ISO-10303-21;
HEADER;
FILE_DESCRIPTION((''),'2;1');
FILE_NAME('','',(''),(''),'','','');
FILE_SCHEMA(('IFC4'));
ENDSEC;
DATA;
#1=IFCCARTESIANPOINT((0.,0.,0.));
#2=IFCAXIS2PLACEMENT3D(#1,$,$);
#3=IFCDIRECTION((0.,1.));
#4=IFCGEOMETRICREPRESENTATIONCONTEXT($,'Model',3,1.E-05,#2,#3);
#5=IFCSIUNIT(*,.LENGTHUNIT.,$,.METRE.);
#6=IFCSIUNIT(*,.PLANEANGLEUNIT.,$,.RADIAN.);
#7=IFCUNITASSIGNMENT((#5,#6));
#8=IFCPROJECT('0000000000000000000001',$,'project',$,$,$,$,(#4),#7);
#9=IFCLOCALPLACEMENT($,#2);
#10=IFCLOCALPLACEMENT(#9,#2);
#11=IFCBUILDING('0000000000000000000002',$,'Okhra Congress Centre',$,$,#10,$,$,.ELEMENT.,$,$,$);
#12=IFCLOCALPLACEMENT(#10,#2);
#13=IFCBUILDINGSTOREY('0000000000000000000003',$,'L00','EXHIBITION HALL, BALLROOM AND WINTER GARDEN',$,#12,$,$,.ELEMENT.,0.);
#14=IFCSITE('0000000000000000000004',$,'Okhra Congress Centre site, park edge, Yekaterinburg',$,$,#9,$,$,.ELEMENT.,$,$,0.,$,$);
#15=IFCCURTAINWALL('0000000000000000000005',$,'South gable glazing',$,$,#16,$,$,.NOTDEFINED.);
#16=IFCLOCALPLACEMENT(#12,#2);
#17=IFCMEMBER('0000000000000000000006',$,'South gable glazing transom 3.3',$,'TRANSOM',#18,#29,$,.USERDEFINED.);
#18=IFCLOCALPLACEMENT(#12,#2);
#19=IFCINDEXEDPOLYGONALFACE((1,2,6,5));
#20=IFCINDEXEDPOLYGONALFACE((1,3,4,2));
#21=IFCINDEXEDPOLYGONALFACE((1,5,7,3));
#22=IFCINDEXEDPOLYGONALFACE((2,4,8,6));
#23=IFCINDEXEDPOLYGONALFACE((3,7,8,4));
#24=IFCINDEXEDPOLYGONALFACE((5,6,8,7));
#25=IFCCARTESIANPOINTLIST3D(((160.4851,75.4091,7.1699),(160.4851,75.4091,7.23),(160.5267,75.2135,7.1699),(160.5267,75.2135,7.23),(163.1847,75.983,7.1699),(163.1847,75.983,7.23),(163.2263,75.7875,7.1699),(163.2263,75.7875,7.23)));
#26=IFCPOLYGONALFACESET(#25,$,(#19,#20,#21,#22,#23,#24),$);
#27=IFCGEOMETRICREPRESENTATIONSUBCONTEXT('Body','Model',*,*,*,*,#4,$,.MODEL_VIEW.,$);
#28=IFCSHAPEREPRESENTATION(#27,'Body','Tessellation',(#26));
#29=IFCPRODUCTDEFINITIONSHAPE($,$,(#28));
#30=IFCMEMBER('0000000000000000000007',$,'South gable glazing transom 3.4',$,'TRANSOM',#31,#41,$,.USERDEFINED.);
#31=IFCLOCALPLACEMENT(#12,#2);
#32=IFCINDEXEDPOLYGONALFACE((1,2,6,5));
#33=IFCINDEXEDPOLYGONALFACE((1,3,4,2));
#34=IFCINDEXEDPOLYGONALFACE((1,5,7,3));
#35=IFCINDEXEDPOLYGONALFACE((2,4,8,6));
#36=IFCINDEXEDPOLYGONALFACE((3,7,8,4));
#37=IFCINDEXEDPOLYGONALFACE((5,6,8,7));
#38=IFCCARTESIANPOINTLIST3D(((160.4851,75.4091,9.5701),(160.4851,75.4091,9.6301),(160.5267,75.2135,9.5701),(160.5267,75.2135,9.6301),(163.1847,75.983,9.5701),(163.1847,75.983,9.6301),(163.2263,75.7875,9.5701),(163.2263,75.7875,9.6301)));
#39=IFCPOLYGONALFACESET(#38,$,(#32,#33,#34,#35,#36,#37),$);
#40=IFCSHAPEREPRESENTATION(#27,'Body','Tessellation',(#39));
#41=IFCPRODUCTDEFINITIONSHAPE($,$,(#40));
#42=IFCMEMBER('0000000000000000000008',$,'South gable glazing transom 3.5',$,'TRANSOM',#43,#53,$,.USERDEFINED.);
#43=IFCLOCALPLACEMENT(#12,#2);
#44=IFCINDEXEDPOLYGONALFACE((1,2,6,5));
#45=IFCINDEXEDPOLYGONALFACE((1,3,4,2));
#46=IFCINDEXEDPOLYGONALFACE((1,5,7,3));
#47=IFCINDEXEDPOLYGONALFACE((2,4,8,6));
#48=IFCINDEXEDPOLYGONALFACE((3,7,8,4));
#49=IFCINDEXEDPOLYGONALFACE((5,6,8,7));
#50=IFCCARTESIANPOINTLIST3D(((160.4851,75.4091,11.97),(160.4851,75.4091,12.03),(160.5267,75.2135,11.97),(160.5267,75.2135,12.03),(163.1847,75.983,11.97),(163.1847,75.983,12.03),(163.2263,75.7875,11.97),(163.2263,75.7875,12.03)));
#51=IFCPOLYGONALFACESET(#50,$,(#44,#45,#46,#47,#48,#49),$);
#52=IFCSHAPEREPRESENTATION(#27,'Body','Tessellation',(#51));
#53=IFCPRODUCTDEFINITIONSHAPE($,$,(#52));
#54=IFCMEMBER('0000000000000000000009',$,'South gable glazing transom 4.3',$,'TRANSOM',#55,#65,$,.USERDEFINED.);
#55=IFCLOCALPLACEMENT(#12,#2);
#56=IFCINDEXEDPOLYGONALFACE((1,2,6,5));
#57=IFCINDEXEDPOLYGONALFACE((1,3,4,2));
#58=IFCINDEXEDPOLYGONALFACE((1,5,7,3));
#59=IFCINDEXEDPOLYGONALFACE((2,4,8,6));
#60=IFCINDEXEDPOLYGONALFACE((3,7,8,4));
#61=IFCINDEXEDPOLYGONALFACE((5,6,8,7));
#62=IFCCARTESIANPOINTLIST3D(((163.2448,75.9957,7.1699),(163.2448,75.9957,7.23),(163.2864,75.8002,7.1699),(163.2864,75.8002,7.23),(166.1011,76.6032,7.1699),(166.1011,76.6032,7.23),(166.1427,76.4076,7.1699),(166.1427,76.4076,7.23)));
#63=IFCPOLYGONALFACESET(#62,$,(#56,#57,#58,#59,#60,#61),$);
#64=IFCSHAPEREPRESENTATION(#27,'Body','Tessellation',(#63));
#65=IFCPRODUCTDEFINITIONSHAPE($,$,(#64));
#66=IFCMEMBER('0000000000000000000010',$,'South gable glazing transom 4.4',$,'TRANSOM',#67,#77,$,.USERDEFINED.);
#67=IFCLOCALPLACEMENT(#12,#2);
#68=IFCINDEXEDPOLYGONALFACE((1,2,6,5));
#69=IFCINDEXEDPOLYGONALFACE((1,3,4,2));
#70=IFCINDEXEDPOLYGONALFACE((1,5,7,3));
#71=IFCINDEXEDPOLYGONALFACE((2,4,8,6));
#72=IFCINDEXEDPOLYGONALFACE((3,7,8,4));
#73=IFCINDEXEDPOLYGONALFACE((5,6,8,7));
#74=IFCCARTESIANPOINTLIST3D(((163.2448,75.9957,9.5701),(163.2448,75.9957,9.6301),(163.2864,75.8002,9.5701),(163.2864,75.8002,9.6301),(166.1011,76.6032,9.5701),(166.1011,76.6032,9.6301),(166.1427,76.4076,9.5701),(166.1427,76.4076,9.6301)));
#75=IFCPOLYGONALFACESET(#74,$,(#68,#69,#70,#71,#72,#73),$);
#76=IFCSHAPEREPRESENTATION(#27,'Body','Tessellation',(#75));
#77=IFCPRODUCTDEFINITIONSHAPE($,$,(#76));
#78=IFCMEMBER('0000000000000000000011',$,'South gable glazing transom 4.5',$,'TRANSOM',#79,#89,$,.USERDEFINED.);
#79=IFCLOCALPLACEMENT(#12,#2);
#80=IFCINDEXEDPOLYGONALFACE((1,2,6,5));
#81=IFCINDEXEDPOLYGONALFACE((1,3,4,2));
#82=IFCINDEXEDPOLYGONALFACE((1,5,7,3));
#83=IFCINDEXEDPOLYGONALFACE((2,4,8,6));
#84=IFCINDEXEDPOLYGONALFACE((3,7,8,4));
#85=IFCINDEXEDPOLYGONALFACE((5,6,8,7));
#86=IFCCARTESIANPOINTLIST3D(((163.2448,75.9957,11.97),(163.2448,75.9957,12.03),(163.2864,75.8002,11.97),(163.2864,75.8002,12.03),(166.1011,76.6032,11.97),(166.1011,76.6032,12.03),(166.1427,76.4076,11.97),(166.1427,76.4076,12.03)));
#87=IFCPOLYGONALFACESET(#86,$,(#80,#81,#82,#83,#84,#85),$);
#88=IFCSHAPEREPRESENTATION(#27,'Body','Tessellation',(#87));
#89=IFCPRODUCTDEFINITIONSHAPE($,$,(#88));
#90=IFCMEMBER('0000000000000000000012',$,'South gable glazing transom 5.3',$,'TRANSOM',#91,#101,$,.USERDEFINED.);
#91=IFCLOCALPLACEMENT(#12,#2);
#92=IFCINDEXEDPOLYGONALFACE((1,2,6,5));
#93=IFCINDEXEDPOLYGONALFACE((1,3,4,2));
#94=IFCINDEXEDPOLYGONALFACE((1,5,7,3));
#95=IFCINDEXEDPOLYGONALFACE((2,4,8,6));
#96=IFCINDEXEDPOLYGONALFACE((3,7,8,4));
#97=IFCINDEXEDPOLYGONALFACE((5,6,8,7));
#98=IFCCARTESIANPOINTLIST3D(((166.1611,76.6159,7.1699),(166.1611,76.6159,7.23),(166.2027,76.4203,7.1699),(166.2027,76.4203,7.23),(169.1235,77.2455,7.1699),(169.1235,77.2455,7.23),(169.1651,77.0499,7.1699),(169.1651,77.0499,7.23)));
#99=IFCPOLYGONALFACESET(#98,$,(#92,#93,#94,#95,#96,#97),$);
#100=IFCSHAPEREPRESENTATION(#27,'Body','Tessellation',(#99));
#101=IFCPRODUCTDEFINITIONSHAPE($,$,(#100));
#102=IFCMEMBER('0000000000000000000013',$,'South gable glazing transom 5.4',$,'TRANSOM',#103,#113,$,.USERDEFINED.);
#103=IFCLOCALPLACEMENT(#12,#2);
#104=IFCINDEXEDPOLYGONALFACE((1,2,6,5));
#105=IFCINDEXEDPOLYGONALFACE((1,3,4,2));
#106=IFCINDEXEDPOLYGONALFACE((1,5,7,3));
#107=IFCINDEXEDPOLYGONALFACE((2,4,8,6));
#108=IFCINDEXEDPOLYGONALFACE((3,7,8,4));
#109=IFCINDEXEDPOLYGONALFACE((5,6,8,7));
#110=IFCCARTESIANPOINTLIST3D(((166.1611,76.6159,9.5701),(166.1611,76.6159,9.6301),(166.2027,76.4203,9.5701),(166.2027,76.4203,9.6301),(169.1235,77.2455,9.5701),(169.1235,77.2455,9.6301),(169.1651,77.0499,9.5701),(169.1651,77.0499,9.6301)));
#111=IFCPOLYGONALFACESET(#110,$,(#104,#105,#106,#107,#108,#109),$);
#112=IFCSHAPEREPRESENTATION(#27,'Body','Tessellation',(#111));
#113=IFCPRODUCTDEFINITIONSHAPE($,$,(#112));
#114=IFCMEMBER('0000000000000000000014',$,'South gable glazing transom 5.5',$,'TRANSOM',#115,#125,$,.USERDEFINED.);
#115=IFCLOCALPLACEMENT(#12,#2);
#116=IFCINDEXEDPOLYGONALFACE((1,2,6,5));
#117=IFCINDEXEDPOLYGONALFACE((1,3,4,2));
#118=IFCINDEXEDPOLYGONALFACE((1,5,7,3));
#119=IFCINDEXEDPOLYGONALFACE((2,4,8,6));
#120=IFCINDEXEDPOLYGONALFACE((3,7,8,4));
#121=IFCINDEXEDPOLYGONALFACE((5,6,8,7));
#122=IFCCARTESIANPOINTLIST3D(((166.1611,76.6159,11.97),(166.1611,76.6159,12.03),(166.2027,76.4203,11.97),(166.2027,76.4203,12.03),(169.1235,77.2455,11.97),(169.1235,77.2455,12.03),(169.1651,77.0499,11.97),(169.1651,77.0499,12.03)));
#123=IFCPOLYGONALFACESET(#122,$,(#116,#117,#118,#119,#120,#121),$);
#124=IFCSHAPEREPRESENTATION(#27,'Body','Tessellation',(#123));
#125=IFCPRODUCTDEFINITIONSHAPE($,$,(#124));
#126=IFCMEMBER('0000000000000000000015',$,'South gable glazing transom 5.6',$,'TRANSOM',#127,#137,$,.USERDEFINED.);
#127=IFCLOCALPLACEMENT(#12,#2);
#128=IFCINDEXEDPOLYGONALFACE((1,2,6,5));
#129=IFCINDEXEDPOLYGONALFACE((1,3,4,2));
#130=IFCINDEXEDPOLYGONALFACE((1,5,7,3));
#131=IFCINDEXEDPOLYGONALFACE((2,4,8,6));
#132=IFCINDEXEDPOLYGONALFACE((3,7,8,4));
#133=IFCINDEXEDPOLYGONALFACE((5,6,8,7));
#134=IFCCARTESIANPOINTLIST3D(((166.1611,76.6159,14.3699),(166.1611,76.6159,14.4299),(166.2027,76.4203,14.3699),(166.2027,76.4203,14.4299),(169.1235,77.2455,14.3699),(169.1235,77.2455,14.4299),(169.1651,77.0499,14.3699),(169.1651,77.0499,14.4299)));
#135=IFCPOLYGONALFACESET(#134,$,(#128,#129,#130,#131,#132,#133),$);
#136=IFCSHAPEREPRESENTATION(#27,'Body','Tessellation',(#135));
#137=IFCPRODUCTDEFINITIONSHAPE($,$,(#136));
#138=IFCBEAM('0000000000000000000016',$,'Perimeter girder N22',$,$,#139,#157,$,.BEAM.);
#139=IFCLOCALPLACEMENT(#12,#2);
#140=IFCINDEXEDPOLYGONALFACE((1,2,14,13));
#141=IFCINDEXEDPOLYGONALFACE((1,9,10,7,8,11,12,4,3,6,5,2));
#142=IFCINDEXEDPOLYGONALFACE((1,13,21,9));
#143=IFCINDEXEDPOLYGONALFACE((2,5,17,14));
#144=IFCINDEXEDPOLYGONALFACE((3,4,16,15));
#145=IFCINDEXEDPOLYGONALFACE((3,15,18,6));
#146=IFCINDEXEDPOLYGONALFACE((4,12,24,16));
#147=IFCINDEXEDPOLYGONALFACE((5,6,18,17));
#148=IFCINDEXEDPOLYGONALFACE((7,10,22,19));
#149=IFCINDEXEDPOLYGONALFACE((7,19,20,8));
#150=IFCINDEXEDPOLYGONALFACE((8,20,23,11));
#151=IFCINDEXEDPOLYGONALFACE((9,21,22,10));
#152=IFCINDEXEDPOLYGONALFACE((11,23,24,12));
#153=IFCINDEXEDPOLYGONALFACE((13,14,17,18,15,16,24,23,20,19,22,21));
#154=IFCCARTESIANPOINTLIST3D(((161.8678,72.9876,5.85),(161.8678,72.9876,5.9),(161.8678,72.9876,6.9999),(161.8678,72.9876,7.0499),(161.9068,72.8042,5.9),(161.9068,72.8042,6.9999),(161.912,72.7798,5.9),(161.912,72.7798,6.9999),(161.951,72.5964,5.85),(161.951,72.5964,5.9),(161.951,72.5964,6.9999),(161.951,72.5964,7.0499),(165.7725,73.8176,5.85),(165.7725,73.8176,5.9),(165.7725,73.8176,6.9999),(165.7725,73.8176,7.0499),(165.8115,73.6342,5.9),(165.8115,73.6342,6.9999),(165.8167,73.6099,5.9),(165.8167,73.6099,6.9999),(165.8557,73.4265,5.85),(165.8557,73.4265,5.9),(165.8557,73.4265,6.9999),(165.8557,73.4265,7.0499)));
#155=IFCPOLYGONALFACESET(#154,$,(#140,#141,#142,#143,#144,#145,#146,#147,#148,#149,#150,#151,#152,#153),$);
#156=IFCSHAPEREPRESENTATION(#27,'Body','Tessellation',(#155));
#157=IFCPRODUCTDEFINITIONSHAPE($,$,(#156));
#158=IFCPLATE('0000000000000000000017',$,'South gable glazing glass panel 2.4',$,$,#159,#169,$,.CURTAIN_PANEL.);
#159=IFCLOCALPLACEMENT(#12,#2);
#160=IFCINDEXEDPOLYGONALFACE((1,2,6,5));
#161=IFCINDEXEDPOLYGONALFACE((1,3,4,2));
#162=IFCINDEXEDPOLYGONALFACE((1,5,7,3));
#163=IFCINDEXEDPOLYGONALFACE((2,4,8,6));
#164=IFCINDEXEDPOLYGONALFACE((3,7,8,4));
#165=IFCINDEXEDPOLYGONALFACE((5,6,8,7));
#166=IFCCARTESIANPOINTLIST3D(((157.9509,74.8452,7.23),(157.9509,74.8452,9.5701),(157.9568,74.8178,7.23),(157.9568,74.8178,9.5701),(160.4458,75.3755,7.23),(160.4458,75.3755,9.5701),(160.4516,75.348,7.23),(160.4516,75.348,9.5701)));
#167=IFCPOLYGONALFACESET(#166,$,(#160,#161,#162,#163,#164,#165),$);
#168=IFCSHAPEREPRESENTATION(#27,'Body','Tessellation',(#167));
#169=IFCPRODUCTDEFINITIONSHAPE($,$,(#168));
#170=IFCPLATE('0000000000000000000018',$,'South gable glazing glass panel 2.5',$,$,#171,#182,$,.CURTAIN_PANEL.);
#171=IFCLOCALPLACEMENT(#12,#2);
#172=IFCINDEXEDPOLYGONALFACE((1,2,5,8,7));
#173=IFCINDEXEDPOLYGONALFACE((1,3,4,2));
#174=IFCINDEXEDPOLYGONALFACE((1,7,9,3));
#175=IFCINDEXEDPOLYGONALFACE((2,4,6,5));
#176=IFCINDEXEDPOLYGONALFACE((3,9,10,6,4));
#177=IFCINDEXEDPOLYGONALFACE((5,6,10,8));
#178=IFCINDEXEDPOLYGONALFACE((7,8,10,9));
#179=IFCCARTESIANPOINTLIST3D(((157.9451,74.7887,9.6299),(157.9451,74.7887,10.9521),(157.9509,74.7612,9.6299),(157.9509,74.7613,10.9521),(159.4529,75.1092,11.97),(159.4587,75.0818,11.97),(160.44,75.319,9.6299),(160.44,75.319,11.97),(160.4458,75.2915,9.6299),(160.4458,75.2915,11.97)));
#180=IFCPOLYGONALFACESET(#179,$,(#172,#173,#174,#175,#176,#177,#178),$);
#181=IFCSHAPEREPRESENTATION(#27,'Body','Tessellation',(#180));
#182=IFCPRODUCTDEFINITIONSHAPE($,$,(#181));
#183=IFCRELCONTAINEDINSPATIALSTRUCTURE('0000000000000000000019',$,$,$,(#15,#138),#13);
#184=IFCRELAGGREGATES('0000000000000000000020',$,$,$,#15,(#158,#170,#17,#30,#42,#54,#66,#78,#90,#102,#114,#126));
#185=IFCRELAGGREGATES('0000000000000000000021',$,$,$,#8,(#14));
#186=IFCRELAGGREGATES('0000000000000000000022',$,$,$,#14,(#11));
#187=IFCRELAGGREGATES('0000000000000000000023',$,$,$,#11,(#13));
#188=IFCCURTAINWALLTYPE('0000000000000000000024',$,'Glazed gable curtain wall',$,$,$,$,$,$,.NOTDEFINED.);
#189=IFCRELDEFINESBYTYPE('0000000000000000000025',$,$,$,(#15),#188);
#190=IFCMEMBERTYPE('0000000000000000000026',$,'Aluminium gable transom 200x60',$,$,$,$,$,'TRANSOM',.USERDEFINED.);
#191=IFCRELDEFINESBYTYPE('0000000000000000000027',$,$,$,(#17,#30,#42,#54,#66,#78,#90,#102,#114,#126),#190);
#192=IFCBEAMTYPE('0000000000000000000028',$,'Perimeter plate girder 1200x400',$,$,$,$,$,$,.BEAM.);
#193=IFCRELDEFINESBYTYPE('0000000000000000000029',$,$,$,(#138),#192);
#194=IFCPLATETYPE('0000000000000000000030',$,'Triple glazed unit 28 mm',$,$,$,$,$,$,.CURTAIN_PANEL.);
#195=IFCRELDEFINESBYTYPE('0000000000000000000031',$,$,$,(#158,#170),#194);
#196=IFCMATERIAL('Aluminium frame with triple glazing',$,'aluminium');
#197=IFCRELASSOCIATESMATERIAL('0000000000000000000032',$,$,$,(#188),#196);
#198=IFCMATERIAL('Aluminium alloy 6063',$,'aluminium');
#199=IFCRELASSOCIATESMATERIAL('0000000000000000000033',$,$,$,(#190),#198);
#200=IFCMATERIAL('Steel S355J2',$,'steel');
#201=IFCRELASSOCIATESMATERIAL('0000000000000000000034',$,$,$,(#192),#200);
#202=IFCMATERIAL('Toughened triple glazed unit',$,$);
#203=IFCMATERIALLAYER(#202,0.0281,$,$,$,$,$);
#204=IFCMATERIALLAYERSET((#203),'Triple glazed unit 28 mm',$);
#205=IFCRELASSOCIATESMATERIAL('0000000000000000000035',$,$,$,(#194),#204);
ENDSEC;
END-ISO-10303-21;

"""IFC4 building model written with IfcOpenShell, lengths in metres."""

from ifc_helpers import new_model, si_unit, direction, frame, origin, origin_2d, place, context, subcontext, project, spatial, polyline, rectangle, i_section, outline, extrude, material, layer, layer_set, material_profile, profile_set, type_object, element, aggregate, save


model = new_model("IFC4")

# Units and contexts
model_context = context("Model", 3, precision=1e-05, world=origin(), true_north=direction((0.0, 1.0)))
body_context = subcontext(model_context, "Body", "Model", "MODEL_VIEW")
ifc_project = project(units=[si_unit("LENGTHUNIT", "METRE"), si_unit("PLANEANGLEUNIT", "RADIAN")], contexts=[model_context])

# Site, building, storey
site_placement = place(None, origin())
site = spatial("IfcSite", under=ifc_project, at=site_placement, Name="Okhra Congress Centre site, park edge, Yekaterinburg", CompositionType="ELEMENT", RefElevation=0.0)
building_placement = place(site_placement, origin())
building = spatial("IfcBuilding", under=site, at=building_placement, Name="Okhra Congress Centre", CompositionType="ELEMENT")
storey_placement = place(building_placement, origin())
storey = spatial("IfcBuildingStorey", under=building, at=storey_placement, Name="L00", Description="EXHIBITION HALL, BALLROOM AND WINTER GARDEN", CompositionType="ELEMENT", Elevation=0.0)

# Curtain wall, members
ifc_material_1 = material(Name="Aluminium frame with triple glazing", Category="aluminium")
curtain_wall_type = type_object("IfcCurtainWallType", Name="Glazed gable curtain wall", PredefinedType="NOTDEFINED", material=ifc_material_1)
curtain_wall_placement = place(storey_placement, origin())
curtain_wall = element("IfcCurtainWall", 1, at=curtain_wall_placement, inside=storey, type_object=curtain_wall_type, Name="South gable glazing", PredefinedType="NOTDEFINED")
ifc_material_2 = material(Name="Aluminium alloy 6063", Category="aluminium")
ifc_material_profile_1 = material_profile(ifc_material_2, rectangle(XDim=0.2, YDim=0.0601, at=origin_2d()), Name="AL 200x60 gable transom")
ifc_profile_set_1 = profile_set([ifc_material_profile_1], Name="Aluminium alloy 6063")
member_type = type_object("IfcMemberType", Name="Aluminium gable transom 200x60", ElementType="TRANSOM", PredefinedType="USERDEFINED", material=ifc_profile_set_1)
member_1_placement = place(storey_placement, frame((160.5059, 75.3113, 7.2), z_axis=(0.978138, 0.207958, 0.0), x_axis=(-0.207958, 0.978138, 0.0)))
member_1 = element("IfcMember", 2, at=member_1_placement, type_object=member_type, Name="South gable glazing transom 3.3", ObjectType="TRANSOM", PredefinedType="USERDEFINED", context=body_context, shape_type="SweptSolid", body=[
    extrude(rectangle(XDim=0.2, YDim=0.0601, at=origin_2d()), origin(), (0.0, 0.0, 1.0), 2.76),
])
member_2_placement = place(storey_placement, frame((160.5059, 75.3113, 9.6001), z_axis=(0.978138, 0.207958, 0.0), x_axis=(-0.207958, 0.978138, 0.0)))
member_2 = element("IfcMember", 3, at=member_2_placement, type_object=member_type, Name="South gable glazing transom 3.4", ObjectType="TRANSOM", PredefinedType="USERDEFINED", context=body_context, shape_type="SweptSolid", body=[
    extrude(rectangle(XDim=0.2, YDim=0.0601, at=origin_2d()), origin(), (0.0, 0.0, 1.0), 2.76),
])
member_3_placement = place(storey_placement, frame((160.5059, 75.3113, 12.0), z_axis=(0.978138, 0.207958, 0.0), x_axis=(-0.207958, 0.978138, 0.0)))
member_3 = element("IfcMember", 4, at=member_3_placement, type_object=member_type, Name="South gable glazing transom 3.5", ObjectType="TRANSOM", PredefinedType="USERDEFINED", context=body_context, shape_type="SweptSolid", body=[
    extrude(rectangle(XDim=0.2, YDim=0.0601, at=origin_2d()), origin(), (0.0, 0.0, 1.0), 2.76),
])
member_4_placement = place(storey_placement, frame((163.2656, 75.8979, 7.2), z_axis=(0.978125, 0.208016, 0.0), x_axis=(-0.208016, 0.978125, 0.0)))
member_4 = element("IfcMember", 5, at=member_4_placement, type_object=member_type, Name="South gable glazing transom 4.3", ObjectType="TRANSOM", PredefinedType="USERDEFINED", context=body_context, shape_type="SweptSolid", body=[
    extrude(rectangle(XDim=0.2, YDim=0.0601, at=origin_2d()), origin(), (0.0, 0.0, 1.0), 2.9202),
])
member_5_placement = place(storey_placement, frame((163.2656, 75.8979, 9.6001), z_axis=(0.978125, 0.208016, 0.0), x_axis=(-0.208016, 0.978125, 0.0)))
member_5 = element("IfcMember", 6, at=member_5_placement, type_object=member_type, Name="South gable glazing transom 4.4", ObjectType="TRANSOM", PredefinedType="USERDEFINED", context=body_context, shape_type="SweptSolid", body=[
    extrude(rectangle(XDim=0.2, YDim=0.0601, at=origin_2d()), origin(), (0.0, 0.0, 1.0), 2.9202),
])
member_6_placement = place(storey_placement, frame((163.2656, 75.8979, 12.0), z_axis=(0.978125, 0.208016, 0.0), x_axis=(-0.208016, 0.978125, 0.0)))
member_6 = element("IfcMember", 7, at=member_6_placement, type_object=member_type, Name="South gable glazing transom 4.5", ObjectType="TRANSOM", PredefinedType="USERDEFINED", context=body_context, shape_type="SweptSolid", body=[
    extrude(rectangle(XDim=0.2, YDim=0.0601, at=origin_2d()), origin(), (0.0, 0.0, 1.0), 2.9202),
])
member_7_placement = place(storey_placement, frame((166.1819, 76.5181, 7.2), z_axis=(0.97815, 0.207899, 0.0), x_axis=(-0.207899, 0.97815, 0.0)))
member_7 = element("IfcMember", 8, at=member_7_placement, type_object=member_type, Name="South gable glazing transom 5.3", ObjectType="TRANSOM", PredefinedType="USERDEFINED", context=body_context, shape_type="SweptSolid", body=[
    extrude(rectangle(XDim=0.2, YDim=0.0601, at=origin_2d()), origin(), (0.0, 0.0, 1.0), 3.0286),
])
member_8_placement = place(storey_placement, frame((166.1819, 76.5181, 9.6001), z_axis=(0.97815, 0.207899, 0.0), x_axis=(-0.207899, 0.97815, 0.0)))
member_8 = element("IfcMember", 9, at=member_8_placement, type_object=member_type, Name="South gable glazing transom 5.4", ObjectType="TRANSOM", PredefinedType="USERDEFINED", context=body_context, shape_type="SweptSolid", body=[
    extrude(rectangle(XDim=0.2, YDim=0.0601, at=origin_2d()), origin(), (0.0, 0.0, 1.0), 3.0286),
])
member_9_placement = place(storey_placement, frame((166.1819, 76.5181, 12.0), z_axis=(0.97815, 0.207899, 0.0), x_axis=(-0.207899, 0.97815, 0.0)))
member_9 = element("IfcMember", 10, at=member_9_placement, type_object=member_type, Name="South gable glazing transom 5.5", ObjectType="TRANSOM", PredefinedType="USERDEFINED", context=body_context, shape_type="SweptSolid", body=[
    extrude(rectangle(XDim=0.2, YDim=0.0601, at=origin_2d()), origin(), (0.0, 0.0, 1.0), 3.0286),
])
member_10_placement = place(storey_placement, frame((166.1819, 76.5181, 14.3999), z_axis=(0.97815, 0.207899, 0.0), x_axis=(-0.207899, 0.97815, 0.0)))
member_10 = element("IfcMember", 11, at=member_10_placement, type_object=member_type, Name="South gable glazing transom 5.6", ObjectType="TRANSOM", PredefinedType="USERDEFINED", context=body_context, shape_type="SweptSolid", body=[
    extrude(rectangle(XDim=0.2, YDim=0.0601, at=origin_2d()), origin(), (0.0, 0.0, 1.0), 3.0286),
])

# Beam
ifc_material_3 = material(Name="Steel S355J2", Category="steel")
ifc_material_profile_2 = material_profile(ifc_material_3, i_section(OverallWidth=0.3999, OverallDepth=1.2, WebThickness=0.0249, FlangeThickness=0.05, at=origin_2d()), Name="Plate girder 1200x400")
ifc_profile_set_2 = profile_set([ifc_material_profile_2], Name="Steel S355J2")
beam_type = type_object("IfcBeamType", Name="Perimeter plate girder 1200x400", PredefinedType="BEAM", material=ifc_profile_set_2)
beam_placement = place(storey_placement, frame((161.9094, 72.792, 6.45), z_axis=(0.978143, 0.207933, 0.0), x_axis=(-0.207933, 0.978143, 0.0)))
element("IfcBeam", 12, at=beam_placement, inside=storey, type_object=beam_type, Name="Perimeter girder N22", PredefinedType="BEAM", context=body_context, shape_type="SweptSolid", body=[
    extrude(i_section(OverallWidth=0.3999, OverallDepth=1.2, WebThickness=0.0249, FlangeThickness=0.05, at=origin_2d()), origin(), (0.0, 0.0, 1.0), 3.9919),
])

# Plates
ifc_material_4 = material(Name="Toughened triple glazed unit")
ifc_layer_1 = layer(ifc_material_4, 0.0281)
ifc_layer_set_1 = layer_set([ifc_layer_1], Name="Triple glazed unit 28 mm")
plate_type = type_object("IfcPlateType", Name="Triple glazed unit 28 mm", PredefinedType="CURTAIN_PANEL", material=ifc_layer_set_1)
plate_1_placement = place(storey_placement, frame((160.4458, 75.3755, 7.23), z_axis=(-0.207901, 0.97815, 0.0), x_axis=(-0.97815, -0.207901, 0.0)))
plate_1 = element("IfcPlate", 13, at=plate_1_placement, type_object=plate_type, Name="South gable glazing glass panel 2.4", PredefinedType="CURTAIN_PANEL", context=body_context, shape_type="SweptSolid", body=[
    extrude(outline(polyline([(0.0, 0.0), (2.5506, 0.0), (2.5506, 2.3401), (0.0, 2.3401), (0.0, 0.0)])), origin(), (0.0, 0.0, -1.0), 0.0281),
])
plate_2_placement = place(storey_placement, frame((160.4458, 75.2915, 9.6299), z_axis=(0.207894, -0.978151, 0.000019), x_axis=(-0.978151, -0.207894, 0.0)))
plate_2 = element("IfcPlate", 14, at=plate_2_placement, type_object=plate_type, Name="South gable glazing glass panel 2.5", PredefinedType="CURTAIN_PANEL", context=body_context, shape_type="SweptSolid", body=[
    extrude(outline(polyline([(0.0, 0.0), (2.5506, 0.0), (2.5506, -1.3223), (1.0091, -2.3401), (0.0, -2.3401), (0.0, 0.0)])), origin(), (0.0, 0.0, -1.0), 0.0281),
])
aggregate(curtain_wall, [plate_1, plate_2, member_1, member_2, member_3, member_4, member_5, member_6, member_7, member_8, member_9, member_10])

save(model, "model.ifc")
